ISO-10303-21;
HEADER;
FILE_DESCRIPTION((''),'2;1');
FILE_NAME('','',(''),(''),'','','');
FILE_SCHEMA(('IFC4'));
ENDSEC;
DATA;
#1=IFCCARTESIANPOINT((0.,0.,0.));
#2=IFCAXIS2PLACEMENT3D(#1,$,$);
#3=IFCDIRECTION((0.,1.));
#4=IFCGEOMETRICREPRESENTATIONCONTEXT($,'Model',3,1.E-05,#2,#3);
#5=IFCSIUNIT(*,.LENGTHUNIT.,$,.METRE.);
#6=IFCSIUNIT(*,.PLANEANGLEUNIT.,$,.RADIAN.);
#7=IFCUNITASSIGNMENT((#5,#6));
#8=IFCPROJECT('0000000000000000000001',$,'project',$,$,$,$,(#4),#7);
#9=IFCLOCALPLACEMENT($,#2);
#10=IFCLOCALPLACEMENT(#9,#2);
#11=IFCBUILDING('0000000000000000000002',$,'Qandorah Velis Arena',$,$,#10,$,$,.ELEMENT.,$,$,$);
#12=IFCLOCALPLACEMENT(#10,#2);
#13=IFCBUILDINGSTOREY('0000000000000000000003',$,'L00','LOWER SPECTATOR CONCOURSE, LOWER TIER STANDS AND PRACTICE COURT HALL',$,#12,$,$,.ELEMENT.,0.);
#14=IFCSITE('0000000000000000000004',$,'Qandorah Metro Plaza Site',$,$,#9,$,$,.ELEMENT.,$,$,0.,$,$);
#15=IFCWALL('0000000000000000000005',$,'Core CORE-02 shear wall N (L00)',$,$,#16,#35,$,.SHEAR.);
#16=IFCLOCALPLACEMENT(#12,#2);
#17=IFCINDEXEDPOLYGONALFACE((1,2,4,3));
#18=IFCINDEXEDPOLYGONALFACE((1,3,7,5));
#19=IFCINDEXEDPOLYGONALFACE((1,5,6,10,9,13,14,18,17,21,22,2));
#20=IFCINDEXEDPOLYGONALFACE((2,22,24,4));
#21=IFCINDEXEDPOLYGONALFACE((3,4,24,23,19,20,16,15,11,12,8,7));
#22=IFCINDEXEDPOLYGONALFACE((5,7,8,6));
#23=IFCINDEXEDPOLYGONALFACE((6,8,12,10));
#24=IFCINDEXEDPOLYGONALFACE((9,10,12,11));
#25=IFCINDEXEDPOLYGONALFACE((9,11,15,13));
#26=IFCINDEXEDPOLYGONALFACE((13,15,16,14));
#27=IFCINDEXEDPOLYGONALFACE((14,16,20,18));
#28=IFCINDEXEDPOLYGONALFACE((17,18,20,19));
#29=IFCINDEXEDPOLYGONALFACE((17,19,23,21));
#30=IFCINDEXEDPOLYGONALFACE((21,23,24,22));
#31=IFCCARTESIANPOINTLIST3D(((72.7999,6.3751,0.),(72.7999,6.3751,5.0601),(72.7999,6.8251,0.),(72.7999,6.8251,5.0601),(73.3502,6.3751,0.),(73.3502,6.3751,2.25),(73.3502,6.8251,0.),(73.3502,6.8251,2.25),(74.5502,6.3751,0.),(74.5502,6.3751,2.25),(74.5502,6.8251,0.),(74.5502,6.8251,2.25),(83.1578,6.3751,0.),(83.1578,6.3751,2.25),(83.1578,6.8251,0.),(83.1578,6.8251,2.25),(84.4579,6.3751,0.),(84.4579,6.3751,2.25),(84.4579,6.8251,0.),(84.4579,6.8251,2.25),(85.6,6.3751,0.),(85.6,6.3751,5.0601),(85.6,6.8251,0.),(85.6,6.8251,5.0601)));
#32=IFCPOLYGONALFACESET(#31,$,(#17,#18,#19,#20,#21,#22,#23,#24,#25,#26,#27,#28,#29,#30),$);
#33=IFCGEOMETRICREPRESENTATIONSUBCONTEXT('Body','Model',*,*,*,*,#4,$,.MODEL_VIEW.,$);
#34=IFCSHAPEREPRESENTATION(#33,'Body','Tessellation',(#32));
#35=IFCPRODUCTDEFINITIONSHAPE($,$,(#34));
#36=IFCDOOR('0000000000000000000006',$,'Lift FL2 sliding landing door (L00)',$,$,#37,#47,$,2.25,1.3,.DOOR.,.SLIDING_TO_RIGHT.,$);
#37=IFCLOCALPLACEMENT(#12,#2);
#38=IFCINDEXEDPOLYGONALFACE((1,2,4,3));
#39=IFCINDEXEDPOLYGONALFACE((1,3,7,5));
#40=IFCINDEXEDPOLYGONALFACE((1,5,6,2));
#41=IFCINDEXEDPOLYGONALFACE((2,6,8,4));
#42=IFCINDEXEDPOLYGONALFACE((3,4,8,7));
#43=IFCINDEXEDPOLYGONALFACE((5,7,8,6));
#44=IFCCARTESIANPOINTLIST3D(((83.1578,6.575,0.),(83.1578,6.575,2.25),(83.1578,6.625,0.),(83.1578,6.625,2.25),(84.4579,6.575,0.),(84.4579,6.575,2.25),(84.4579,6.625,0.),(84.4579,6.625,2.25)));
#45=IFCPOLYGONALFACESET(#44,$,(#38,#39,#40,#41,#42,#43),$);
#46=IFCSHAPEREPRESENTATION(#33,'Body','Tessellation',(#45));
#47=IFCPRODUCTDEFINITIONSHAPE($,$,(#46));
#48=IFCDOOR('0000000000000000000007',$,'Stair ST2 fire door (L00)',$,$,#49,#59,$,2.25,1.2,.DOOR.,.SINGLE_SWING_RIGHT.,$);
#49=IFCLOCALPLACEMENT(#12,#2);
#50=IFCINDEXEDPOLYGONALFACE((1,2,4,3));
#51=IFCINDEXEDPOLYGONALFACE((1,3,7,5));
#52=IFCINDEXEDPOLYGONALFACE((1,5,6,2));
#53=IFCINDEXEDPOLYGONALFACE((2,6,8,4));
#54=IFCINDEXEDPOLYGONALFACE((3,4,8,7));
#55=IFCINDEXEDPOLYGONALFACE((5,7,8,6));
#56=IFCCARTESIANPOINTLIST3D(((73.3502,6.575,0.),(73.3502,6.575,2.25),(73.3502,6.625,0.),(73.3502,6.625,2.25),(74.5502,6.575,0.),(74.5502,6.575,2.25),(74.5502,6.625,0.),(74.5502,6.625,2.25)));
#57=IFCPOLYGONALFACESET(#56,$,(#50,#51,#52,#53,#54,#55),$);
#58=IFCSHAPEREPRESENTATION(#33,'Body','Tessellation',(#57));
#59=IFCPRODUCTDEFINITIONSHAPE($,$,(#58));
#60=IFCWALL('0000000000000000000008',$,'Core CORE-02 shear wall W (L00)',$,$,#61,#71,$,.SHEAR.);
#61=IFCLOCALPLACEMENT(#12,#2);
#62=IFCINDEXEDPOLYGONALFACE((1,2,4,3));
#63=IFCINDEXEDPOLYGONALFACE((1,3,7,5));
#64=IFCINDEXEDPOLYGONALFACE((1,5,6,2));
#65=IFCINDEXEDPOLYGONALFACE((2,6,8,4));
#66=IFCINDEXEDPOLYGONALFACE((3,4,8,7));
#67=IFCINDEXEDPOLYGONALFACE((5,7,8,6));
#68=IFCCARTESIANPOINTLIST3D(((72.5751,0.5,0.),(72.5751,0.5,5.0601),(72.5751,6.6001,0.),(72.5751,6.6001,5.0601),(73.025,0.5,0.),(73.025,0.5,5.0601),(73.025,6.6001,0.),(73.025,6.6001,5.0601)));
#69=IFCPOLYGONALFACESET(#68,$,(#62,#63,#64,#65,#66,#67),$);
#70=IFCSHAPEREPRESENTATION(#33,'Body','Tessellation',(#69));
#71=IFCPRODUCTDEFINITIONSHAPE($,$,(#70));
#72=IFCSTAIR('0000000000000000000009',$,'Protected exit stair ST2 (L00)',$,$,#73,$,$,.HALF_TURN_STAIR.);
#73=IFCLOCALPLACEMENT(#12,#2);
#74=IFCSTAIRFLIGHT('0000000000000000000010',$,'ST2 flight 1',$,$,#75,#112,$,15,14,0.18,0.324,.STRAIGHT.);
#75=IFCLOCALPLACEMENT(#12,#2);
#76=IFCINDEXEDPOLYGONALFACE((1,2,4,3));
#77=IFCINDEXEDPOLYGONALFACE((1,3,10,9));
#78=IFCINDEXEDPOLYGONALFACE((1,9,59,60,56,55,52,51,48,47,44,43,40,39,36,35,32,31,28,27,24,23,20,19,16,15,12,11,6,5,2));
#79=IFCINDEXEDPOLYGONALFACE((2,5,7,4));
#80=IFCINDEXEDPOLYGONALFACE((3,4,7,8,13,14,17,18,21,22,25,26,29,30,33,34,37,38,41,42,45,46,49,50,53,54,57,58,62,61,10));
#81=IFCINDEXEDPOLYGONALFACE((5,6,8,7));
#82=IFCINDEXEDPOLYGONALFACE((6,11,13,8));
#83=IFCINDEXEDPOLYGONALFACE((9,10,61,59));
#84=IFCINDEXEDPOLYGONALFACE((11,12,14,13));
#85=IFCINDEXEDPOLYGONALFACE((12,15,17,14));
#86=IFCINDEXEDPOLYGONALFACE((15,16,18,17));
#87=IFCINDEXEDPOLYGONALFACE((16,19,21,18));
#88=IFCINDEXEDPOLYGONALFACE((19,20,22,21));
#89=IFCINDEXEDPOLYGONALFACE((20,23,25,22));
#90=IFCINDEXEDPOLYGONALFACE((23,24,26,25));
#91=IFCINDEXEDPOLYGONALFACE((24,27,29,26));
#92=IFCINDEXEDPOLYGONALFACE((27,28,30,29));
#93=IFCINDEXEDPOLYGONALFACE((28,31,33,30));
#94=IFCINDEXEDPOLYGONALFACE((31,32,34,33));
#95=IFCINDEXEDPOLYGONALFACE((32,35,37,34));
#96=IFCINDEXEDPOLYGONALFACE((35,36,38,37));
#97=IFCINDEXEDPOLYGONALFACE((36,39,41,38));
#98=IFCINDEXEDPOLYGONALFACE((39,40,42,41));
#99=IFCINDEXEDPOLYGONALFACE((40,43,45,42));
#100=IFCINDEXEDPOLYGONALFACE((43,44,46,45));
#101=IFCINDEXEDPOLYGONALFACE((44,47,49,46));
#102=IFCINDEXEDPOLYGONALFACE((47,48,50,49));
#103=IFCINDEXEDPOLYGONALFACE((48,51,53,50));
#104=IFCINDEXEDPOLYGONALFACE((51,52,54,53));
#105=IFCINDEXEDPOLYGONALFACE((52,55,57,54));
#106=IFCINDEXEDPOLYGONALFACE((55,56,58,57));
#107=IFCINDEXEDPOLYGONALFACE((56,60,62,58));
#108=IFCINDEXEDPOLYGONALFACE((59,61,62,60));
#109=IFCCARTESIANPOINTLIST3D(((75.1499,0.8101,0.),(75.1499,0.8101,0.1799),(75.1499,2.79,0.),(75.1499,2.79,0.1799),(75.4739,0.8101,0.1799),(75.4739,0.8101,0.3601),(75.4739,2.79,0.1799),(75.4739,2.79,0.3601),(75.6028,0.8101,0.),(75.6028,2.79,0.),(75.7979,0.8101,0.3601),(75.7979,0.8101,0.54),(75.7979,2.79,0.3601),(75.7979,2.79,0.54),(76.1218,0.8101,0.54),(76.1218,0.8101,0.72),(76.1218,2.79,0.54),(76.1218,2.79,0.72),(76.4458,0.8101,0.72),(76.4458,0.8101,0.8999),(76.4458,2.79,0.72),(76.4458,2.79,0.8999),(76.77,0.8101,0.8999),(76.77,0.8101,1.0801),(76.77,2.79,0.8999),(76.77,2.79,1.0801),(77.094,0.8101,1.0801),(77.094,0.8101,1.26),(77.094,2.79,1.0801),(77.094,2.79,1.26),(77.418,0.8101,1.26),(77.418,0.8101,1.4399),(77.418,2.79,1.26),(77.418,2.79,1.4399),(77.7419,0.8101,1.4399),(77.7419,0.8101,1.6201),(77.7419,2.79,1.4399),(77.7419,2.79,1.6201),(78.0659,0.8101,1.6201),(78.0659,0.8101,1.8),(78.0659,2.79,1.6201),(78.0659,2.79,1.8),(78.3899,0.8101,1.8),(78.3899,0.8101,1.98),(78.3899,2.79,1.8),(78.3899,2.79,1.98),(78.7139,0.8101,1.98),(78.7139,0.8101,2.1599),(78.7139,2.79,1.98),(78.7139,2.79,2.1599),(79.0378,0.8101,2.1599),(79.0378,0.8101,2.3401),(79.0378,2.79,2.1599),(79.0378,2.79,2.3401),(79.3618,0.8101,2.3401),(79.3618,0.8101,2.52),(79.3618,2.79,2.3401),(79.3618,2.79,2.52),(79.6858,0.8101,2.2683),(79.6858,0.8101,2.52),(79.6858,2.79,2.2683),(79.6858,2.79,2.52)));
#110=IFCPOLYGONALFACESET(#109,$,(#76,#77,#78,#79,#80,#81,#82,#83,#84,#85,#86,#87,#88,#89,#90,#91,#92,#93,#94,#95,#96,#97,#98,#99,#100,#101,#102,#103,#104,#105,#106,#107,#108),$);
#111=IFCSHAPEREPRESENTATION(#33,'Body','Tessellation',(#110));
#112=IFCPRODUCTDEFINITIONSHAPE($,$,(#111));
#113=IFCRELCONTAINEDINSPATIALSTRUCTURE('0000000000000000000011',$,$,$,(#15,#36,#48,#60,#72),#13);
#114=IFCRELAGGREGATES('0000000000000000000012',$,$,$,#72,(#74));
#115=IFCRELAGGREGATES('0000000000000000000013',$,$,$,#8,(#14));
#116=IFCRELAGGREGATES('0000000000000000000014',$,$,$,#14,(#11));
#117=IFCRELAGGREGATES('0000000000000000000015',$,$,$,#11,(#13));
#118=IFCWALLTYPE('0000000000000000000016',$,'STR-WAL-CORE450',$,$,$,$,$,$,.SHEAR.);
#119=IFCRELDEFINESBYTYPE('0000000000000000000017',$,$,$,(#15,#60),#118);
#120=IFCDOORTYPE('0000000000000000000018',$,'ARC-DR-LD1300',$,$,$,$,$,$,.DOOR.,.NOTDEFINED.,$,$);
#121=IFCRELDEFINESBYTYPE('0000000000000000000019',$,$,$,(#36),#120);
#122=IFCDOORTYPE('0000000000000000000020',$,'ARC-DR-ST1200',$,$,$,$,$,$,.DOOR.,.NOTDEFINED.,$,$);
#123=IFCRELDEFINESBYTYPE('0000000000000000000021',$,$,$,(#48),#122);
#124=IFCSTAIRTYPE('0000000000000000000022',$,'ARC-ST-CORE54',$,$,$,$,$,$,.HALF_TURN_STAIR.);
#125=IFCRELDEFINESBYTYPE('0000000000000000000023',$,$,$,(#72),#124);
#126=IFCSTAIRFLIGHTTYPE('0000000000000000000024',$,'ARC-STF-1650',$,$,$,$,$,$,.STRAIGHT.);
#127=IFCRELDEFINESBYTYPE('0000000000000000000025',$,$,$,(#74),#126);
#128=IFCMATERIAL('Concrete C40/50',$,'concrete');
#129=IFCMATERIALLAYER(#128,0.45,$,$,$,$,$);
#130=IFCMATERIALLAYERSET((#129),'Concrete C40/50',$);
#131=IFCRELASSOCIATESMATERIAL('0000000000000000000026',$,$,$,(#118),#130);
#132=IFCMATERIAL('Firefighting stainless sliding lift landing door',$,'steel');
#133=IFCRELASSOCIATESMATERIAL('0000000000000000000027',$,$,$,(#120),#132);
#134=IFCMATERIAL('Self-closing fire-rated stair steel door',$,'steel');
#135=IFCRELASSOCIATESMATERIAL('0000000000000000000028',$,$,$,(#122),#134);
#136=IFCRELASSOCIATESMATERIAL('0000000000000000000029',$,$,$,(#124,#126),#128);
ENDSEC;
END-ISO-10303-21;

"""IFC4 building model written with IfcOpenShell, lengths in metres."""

from ifc_helpers import new_model, si_unit, direction, frame, frame_2d, origin, place, context, subcontext, project, spatial, polyline, rectangle, outline, extrude, material, layer, layer_set, type_object, element, fill, aggregate, save


model = new_model("IFC4")

# Units and contexts
model_context = context("Model", 3, precision=1e-05, world=origin(), true_north=direction((0.0, 1.0)))
body_context = subcontext(model_context, "Body", "Model", "MODEL_VIEW")
ifc_project = project(units=[si_unit("LENGTHUNIT", "METRE"), si_unit("PLANEANGLEUNIT", "RADIAN")], contexts=[model_context])

# Site, building, storey
site_placement = place(None, origin())
site = spatial("IfcSite", under=ifc_project, at=site_placement, Name="Qandorah Metro Plaza Site", CompositionType="ELEMENT", RefElevation=0.0)
building_placement = place(site_placement, origin())
building = spatial("IfcBuilding", under=site, at=building_placement, Name="Qandorah Velis Arena", CompositionType="ELEMENT")
storey_placement = place(building_placement, origin())
storey = spatial("IfcBuildingStorey", under=building, at=storey_placement, Name="L00", Description="LOWER SPECTATOR CONCOURSE, LOWER TIER STANDS AND PRACTICE COURT HALL", CompositionType="ELEMENT", Elevation=0.0)

# Shared definitions
ifc_material_1 = material(Name="Concrete C40/50", Category="concrete")

# Shared definitions
ifc_layer_1 = layer(ifc_material_1, 0.45)
ifc_layer_set_1 = layer_set([ifc_layer_1], Name="Concrete C40/50")
wall_type_1 = type_object("IfcWallType", Name="STR-WAL-CORE450", PredefinedType="SHEAR", material=ifc_layer_set_1)

# Wall, openings, doors
wall_1_placement = place(storey_placement, frame((72.8, 6.6001, 0.0), z_axis=(0.0, 0.0, 1.0), x_axis=(1.0, 0.0, 0.0)))
wall_1 = element("IfcWall", 1, at=wall_1_placement, inside=storey, type_object=wall_type_1, Name="Core CORE-02 shear wall N (L00)", PredefinedType="SHEAR", context=body_context, shape_type="SweptSolid", body=[
    extrude(rectangle(XDim=12.8, YDim=0.45, at=frame_2d((6.3999, 0.0))), origin(), (0.0, 0.0, 1.0), 5.0601),
])
opening_1_placement = place(wall_1_placement, frame((0.55, 0.0, 0.0)))
opening_1 = element("IfcOpeningElement", 2, at=opening_1_placement, cuts=wall_1, PredefinedType="OPENING", context=body_context, shape_type="SweptSolid", body=[
    extrude(rectangle(XDim=1.2, YDim=2.25, at=frame_2d((0.6001, 1.125))), frame((0.0, 0.2349, 0.0), z_axis=(0.0, -1.0, 0.0), x_axis=(1.0, 0.0, 0.0)), (0.0, 0.0, 1.0), 0.47),
])
opening_2_placement = place(wall_1_placement, frame((10.3579, 0.0, 0.0)))
opening_2 = element("IfcOpeningElement", 3, at=opening_2_placement, cuts=wall_1, PredefinedType="OPENING", context=body_context, shape_type="SweptSolid", body=[
    extrude(rectangle(XDim=1.3, YDim=2.25, at=frame_2d((0.6499, 1.125))), frame((0.0, 0.2349, 0.0), z_axis=(0.0, -1.0, 0.0), x_axis=(1.0, 0.0, 0.0)), (0.0, 0.0, 1.0), 0.47),
])
ifc_material_2 = material(Name="Firefighting stainless sliding lift landing door", Category="steel")
door_type_1 = type_object("IfcDoorType", Name="ARC-DR-LD1300", OperationType="NOTDEFINED", PredefinedType="DOOR", material=ifc_material_2)
door_1_placement = place(opening_2_placement, origin())
door_1 = element("IfcDoor", 4, at=door_1_placement, inside=storey, type_object=door_type_1, Name="Lift FL2 sliding landing door (L00)", OperationType="SLIDING_TO_RIGHT", OverallHeight=2.25, OverallWidth=1.3, PredefinedType="DOOR", context=body_context, shape_type="SweptSolid", body=[
    extrude(rectangle(XDim=1.3, YDim=2.25, at=frame_2d((0.6499, 1.125))), frame((0.0, 0.0249, 0.0), z_axis=(0.0, -1.0, 0.0), x_axis=(1.0, 0.0, 0.0)), (0.0, 0.0, 1.0), 0.05),
])
fill(opening_2, door_1)
ifc_material_3 = material(Name="Self-closing fire-rated stair steel door", Category="steel")
door_type_2 = type_object("IfcDoorType", Name="ARC-DR-ST1200", OperationType="NOTDEFINED", PredefinedType="DOOR", material=ifc_material_3)
door_2_placement = place(opening_1_placement, origin())
door_2 = element("IfcDoor", 5, at=door_2_placement, inside=storey, type_object=door_type_2, Name="Stair ST2 fire door (L00)", OperationType="SINGLE_SWING_RIGHT", OverallHeight=2.25, OverallWidth=1.2, PredefinedType="DOOR", context=body_context, shape_type="SweptSolid", body=[
    extrude(rectangle(XDim=1.2, YDim=2.25, at=frame_2d((0.6001, 1.125))), frame((0.0, 0.0249, 0.0), z_axis=(0.0, -1.0, 0.0), x_axis=(1.0, 0.0, 0.0)), (0.0, 0.0, 1.0), 0.05),
])
fill(opening_1, door_2)

# Wall
wall_2_placement = place(storey_placement, frame((72.8, 0.5, 0.0), z_axis=(0.0, 0.0, 1.0), x_axis=(0.0, 1.0, 0.0)))
element("IfcWall", 6, at=wall_2_placement, inside=storey, type_object=wall_type_1, Name="Core CORE-02 shear wall W (L00)", PredefinedType="SHEAR", context=body_context, shape_type="SweptSolid", body=[
    extrude(rectangle(XDim=6.1001, YDim=0.45, at=frame_2d((3.05, 0.0))), origin(), (0.0, 0.0, 1.0), 5.0601),
])

# Stair, stair flight
stair_type = type_object("IfcStairType", Name="ARC-ST-CORE54", PredefinedType="HALF_TURN_STAIR", material=ifc_material_1)
stair_placement = place(storey_placement, origin())
stair = element("IfcStair", 7, at=stair_placement, inside=storey, type_object=stair_type, Name="Protected exit stair ST2 (L00)", PredefinedType="HALF_TURN_STAIR")
stair_flight_type = type_object("IfcStairFlightType", Name="ARC-STF-1650", PredefinedType="STRAIGHT", material=ifc_material_1)
stair_flight_placement = place(storey_placement, frame((75.1499, 1.8, 0.0), z_axis=(0.0, 0.0, 1.0), x_axis=(1.0, 0.0, 0.0)))
stair_flight = element("IfcStairFlight", 8, at=stair_flight_placement, type_object=stair_flight_type, Name="ST2 flight 1", NumberOfRisers=15, NumberOfTreads=14, PredefinedType="STRAIGHT", RiserHeight=0.18, TreadLength=0.324, context=body_context, shape_type="SweptSolid", body=[
    extrude(outline(polyline([(0.0, 0.0), (0.0, 0.1799), (0.324, 0.1799), (0.324, 0.3601), (0.6479, 0.3601), (0.6479, 0.54), (0.9719, 0.54), (0.9719, 0.72), (1.2959, 0.72), (1.2959, 0.8999), (1.6201, 0.8999), (1.6201, 1.0801), (1.9441, 1.0801), (1.9441, 1.26), (2.2681, 1.26), (2.2681, 1.4399), (2.592, 1.4399), (2.592, 1.6201), (2.916, 1.6201), (2.916, 1.8), (3.24, 1.8), (3.24, 1.98), (3.564, 1.98), (3.564, 2.1599), (3.8879, 2.1599), (3.8879, 2.3401), (4.2119, 2.3401), (4.2119, 2.52), (4.5359, 2.52), (4.5359, 2.7), (4.5359, 2.2683), (0.4529, 0.0), (0.0, 0.0)])), frame((0.0, 0.99, 0.0), z_axis=(0.0, -1.0, 0.0), x_axis=(1.0, 0.0, 0.0)), (0.0, 0.0, 1.0), 1.98),
])
aggregate(stair, [stair_flight])

save(model, "model.ifc")
